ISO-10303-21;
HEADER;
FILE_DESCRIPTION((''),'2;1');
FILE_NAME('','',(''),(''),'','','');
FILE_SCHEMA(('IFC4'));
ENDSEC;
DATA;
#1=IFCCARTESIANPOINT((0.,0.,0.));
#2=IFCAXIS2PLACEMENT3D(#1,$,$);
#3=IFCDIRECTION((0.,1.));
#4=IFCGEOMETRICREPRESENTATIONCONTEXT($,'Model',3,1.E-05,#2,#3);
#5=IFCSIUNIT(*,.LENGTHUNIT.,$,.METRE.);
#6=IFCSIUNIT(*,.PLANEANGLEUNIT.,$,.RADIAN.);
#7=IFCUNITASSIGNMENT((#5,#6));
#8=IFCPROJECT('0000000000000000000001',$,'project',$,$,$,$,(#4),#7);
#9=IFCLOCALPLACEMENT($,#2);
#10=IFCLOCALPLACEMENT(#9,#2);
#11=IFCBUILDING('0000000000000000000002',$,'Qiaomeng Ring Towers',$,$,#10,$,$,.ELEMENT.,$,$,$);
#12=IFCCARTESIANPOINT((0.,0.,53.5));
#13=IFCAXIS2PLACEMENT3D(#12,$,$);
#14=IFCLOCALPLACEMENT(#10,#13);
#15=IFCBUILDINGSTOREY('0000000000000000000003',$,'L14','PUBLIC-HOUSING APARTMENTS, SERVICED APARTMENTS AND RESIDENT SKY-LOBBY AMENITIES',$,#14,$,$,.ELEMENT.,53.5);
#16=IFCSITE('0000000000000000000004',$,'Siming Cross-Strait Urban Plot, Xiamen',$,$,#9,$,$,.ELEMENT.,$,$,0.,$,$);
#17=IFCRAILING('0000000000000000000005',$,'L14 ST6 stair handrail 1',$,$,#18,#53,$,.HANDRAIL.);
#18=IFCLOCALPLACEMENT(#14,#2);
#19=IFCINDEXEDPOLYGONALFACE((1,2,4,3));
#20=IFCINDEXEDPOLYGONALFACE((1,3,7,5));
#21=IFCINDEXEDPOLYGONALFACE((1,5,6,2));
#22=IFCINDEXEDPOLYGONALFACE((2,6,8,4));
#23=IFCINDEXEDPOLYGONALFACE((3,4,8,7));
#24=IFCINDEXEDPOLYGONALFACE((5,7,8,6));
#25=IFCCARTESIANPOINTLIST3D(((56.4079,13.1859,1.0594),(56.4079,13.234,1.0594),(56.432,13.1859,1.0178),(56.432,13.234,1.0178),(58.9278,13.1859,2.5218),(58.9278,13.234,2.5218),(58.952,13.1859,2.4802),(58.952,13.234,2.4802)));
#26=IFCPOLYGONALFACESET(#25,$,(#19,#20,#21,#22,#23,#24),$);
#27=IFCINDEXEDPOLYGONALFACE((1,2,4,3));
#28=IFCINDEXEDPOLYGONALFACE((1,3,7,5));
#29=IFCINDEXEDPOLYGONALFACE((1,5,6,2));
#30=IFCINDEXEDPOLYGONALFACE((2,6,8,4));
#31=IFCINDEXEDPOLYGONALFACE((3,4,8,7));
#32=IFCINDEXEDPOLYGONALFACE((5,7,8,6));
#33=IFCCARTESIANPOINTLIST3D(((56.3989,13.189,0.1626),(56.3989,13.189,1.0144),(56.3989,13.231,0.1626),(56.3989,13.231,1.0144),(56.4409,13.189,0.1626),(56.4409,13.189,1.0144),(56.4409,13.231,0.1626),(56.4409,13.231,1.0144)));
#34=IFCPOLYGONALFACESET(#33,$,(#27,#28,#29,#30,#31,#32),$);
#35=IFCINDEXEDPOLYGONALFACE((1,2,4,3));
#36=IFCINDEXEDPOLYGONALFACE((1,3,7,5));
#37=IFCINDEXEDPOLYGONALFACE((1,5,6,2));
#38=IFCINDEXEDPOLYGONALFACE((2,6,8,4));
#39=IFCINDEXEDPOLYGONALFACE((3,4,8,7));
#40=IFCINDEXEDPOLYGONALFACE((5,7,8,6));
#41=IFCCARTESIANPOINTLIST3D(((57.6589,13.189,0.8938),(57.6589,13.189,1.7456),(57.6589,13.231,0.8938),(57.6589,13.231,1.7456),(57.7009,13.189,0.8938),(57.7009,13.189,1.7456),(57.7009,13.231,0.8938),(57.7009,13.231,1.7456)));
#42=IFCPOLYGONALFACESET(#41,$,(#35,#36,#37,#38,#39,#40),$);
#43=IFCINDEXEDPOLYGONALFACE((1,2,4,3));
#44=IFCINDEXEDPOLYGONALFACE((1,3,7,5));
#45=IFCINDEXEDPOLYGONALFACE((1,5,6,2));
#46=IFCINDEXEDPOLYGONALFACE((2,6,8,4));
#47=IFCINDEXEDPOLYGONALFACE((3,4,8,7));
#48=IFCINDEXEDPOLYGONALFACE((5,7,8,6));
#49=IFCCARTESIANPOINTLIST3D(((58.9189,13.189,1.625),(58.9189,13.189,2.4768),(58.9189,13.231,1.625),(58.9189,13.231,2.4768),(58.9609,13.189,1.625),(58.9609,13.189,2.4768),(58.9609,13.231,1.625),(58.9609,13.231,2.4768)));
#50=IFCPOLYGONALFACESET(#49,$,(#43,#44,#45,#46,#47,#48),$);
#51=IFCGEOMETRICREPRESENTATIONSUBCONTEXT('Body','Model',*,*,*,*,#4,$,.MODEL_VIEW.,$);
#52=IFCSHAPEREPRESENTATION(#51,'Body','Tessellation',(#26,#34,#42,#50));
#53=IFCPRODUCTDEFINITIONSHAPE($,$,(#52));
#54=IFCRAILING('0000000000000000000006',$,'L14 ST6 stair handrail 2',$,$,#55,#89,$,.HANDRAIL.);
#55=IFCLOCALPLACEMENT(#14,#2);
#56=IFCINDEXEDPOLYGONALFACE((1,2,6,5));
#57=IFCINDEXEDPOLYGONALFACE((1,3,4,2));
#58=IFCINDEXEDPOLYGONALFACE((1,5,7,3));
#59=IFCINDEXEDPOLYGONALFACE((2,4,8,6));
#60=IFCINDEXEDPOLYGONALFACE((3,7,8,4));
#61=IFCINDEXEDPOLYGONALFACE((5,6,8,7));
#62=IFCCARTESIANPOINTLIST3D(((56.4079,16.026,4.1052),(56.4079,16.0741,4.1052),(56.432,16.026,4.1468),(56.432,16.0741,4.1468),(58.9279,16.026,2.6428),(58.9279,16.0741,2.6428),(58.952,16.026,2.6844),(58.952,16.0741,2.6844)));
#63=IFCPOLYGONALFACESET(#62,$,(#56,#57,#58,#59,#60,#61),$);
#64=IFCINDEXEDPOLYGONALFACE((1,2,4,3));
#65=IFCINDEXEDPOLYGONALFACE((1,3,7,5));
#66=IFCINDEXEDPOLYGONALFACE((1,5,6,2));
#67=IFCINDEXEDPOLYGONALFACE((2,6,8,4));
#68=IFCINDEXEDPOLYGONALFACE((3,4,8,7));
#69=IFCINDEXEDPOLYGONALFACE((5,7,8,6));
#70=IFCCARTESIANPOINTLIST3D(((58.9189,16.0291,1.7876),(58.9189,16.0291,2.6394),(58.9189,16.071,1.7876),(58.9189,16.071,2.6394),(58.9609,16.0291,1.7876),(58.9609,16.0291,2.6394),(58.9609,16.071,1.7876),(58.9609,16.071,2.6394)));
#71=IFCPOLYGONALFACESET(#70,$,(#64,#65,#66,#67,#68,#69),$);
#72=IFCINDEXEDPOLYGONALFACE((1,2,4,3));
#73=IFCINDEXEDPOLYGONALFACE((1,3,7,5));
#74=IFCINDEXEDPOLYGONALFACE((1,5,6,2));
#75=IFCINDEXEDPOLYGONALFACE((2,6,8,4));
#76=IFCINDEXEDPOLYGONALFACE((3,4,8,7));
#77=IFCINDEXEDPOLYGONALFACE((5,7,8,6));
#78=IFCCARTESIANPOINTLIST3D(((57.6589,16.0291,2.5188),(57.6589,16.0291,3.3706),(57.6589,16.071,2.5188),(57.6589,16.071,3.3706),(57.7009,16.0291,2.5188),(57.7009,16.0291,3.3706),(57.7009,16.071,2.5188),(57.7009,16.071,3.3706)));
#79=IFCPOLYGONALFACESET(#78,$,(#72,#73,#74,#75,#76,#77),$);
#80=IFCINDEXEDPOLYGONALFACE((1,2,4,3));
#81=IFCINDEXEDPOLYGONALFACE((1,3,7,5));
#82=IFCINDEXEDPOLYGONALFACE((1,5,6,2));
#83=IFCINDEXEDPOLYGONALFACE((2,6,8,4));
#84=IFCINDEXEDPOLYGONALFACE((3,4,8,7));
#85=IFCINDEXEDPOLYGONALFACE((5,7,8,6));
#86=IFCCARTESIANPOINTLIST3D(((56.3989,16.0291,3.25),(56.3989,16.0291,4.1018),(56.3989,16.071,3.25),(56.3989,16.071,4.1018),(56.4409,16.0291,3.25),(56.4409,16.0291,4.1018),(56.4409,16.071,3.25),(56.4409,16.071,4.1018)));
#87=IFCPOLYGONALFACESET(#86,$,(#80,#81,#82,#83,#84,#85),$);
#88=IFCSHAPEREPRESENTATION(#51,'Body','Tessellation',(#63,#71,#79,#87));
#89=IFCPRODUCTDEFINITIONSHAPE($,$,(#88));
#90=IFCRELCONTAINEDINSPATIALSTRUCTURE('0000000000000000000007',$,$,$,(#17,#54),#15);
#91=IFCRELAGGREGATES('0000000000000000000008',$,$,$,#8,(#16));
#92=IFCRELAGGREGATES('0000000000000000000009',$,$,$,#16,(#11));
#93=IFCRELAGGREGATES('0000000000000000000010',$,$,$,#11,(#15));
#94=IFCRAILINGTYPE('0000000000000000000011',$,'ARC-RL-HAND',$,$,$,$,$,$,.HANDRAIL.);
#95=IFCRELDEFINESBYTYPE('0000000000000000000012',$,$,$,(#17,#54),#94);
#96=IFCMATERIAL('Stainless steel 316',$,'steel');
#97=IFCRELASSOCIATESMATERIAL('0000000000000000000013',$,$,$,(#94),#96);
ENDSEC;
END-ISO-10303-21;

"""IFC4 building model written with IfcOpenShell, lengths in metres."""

from ifc_helpers import new_model, si_unit, direction, frame, origin, origin_2d, place, context, subcontext, project, spatial, rectangle, extrude, material, type_object, element, save


model = new_model("IFC4")

# Units and contexts
model_context = context("Model", 3, precision=1e-05, world=origin(), true_north=direction((0.0, 1.0)))
body_context = subcontext(model_context, "Body", "Model", "MODEL_VIEW")
ifc_project = project(units=[si_unit("LENGTHUNIT", "METRE"), si_unit("PLANEANGLEUNIT", "RADIAN")], contexts=[model_context])

# Site, building, storey
site_placement = place(None, origin())
site = spatial("IfcSite", under=ifc_project, at=site_placement, Name="Siming Cross-Strait Urban Plot, Xiamen", CompositionType="ELEMENT", RefElevation=0.0)
building_placement = place(site_placement, origin())
building = spatial("IfcBuilding", under=site, at=building_placement, Name="Qiaomeng Ring Towers", CompositionType="ELEMENT")
storey_placement = place(building_placement, frame((0.0, 0.0, 53.5)))
storey = spatial("IfcBuildingStorey", under=building, at=storey_placement, Name="L14", Description="PUBLIC-HOUSING APARTMENTS, SERVICED APARTMENTS AND RESIDENT SKY-LOBBY AMENITIES", CompositionType="ELEMENT", Elevation=53.5)

# Shared definitions
ifc_material_1 = material(Name="Stainless steel 316", Category="steel")

# Railings
railing_type_1 = type_object("IfcRailingType", Name="ARC-RL-HAND", PredefinedType="HANDRAIL", material=ifc_material_1)
railing_1_placement = place(storey_placement, frame((56.4199, 13.21, 0.1626)))
element("IfcRailing", 1, at=railing_1_placement, inside=storey, type_object=railing_type_1, Name="L14 ST6 stair handrail 1", PredefinedType="HANDRAIL", context=body_context, shape_type="SweptSolid", body=[
    extrude(rectangle(XDim=0.0481, YDim=0.0481, at=origin_2d()), frame((0.0, 0.0, 0.876), z_axis=(0.864913, 0.0, 0.501921), x_axis=(0.0, 1.0, 0.0)), (0.0, 0.0, 1.0), 2.9136),
    extrude(rectangle(XDim=0.042, YDim=0.042, at=origin_2d()), origin(), (0.0, 0.0, 1.0), 0.8518),
    extrude(rectangle(XDim=0.042, YDim=0.042, at=origin_2d()), frame((1.26, 0.0, 0.7312)), (0.0, 0.0, 1.0), 0.8518),
    extrude(rectangle(XDim=0.042, YDim=0.042, at=origin_2d()), frame((2.52, 0.0, 1.4624)), (0.0, 0.0, 1.0), 0.8518),
])
railing_2_placement = place(storey_placement, frame((58.9399, 16.05, 1.7876)))
element("IfcRailing", 2, at=railing_2_placement, inside=storey, type_object=railing_type_1, Name="L14 ST6 stair handrail 2", PredefinedType="HANDRAIL", context=body_context, shape_type="SweptSolid", body=[
    extrude(rectangle(XDim=0.0481, YDim=0.0481, at=origin_2d()), frame((0.0, 0.0, 0.876), z_axis=(-0.864913, 0.0, 0.501921), x_axis=(0.0, -1.0, 0.0)), (0.0, 0.0, 1.0), 2.9136),
    extrude(rectangle(XDim=0.042, YDim=0.042, at=origin_2d()), origin(), (0.0, 0.0, 1.0), 0.8518),
    extrude(rectangle(XDim=0.042, YDim=0.042, at=origin_2d()), frame((-1.26, 0.0, 0.7312)), (0.0, 0.0, 1.0), 0.8518),
    extrude(rectangle(XDim=0.042, YDim=0.042, at=origin_2d()), frame((-2.52, 0.0, 1.4624)), (0.0, 0.0, 1.0), 0.8518),
])

save(model, "model.ifc")
